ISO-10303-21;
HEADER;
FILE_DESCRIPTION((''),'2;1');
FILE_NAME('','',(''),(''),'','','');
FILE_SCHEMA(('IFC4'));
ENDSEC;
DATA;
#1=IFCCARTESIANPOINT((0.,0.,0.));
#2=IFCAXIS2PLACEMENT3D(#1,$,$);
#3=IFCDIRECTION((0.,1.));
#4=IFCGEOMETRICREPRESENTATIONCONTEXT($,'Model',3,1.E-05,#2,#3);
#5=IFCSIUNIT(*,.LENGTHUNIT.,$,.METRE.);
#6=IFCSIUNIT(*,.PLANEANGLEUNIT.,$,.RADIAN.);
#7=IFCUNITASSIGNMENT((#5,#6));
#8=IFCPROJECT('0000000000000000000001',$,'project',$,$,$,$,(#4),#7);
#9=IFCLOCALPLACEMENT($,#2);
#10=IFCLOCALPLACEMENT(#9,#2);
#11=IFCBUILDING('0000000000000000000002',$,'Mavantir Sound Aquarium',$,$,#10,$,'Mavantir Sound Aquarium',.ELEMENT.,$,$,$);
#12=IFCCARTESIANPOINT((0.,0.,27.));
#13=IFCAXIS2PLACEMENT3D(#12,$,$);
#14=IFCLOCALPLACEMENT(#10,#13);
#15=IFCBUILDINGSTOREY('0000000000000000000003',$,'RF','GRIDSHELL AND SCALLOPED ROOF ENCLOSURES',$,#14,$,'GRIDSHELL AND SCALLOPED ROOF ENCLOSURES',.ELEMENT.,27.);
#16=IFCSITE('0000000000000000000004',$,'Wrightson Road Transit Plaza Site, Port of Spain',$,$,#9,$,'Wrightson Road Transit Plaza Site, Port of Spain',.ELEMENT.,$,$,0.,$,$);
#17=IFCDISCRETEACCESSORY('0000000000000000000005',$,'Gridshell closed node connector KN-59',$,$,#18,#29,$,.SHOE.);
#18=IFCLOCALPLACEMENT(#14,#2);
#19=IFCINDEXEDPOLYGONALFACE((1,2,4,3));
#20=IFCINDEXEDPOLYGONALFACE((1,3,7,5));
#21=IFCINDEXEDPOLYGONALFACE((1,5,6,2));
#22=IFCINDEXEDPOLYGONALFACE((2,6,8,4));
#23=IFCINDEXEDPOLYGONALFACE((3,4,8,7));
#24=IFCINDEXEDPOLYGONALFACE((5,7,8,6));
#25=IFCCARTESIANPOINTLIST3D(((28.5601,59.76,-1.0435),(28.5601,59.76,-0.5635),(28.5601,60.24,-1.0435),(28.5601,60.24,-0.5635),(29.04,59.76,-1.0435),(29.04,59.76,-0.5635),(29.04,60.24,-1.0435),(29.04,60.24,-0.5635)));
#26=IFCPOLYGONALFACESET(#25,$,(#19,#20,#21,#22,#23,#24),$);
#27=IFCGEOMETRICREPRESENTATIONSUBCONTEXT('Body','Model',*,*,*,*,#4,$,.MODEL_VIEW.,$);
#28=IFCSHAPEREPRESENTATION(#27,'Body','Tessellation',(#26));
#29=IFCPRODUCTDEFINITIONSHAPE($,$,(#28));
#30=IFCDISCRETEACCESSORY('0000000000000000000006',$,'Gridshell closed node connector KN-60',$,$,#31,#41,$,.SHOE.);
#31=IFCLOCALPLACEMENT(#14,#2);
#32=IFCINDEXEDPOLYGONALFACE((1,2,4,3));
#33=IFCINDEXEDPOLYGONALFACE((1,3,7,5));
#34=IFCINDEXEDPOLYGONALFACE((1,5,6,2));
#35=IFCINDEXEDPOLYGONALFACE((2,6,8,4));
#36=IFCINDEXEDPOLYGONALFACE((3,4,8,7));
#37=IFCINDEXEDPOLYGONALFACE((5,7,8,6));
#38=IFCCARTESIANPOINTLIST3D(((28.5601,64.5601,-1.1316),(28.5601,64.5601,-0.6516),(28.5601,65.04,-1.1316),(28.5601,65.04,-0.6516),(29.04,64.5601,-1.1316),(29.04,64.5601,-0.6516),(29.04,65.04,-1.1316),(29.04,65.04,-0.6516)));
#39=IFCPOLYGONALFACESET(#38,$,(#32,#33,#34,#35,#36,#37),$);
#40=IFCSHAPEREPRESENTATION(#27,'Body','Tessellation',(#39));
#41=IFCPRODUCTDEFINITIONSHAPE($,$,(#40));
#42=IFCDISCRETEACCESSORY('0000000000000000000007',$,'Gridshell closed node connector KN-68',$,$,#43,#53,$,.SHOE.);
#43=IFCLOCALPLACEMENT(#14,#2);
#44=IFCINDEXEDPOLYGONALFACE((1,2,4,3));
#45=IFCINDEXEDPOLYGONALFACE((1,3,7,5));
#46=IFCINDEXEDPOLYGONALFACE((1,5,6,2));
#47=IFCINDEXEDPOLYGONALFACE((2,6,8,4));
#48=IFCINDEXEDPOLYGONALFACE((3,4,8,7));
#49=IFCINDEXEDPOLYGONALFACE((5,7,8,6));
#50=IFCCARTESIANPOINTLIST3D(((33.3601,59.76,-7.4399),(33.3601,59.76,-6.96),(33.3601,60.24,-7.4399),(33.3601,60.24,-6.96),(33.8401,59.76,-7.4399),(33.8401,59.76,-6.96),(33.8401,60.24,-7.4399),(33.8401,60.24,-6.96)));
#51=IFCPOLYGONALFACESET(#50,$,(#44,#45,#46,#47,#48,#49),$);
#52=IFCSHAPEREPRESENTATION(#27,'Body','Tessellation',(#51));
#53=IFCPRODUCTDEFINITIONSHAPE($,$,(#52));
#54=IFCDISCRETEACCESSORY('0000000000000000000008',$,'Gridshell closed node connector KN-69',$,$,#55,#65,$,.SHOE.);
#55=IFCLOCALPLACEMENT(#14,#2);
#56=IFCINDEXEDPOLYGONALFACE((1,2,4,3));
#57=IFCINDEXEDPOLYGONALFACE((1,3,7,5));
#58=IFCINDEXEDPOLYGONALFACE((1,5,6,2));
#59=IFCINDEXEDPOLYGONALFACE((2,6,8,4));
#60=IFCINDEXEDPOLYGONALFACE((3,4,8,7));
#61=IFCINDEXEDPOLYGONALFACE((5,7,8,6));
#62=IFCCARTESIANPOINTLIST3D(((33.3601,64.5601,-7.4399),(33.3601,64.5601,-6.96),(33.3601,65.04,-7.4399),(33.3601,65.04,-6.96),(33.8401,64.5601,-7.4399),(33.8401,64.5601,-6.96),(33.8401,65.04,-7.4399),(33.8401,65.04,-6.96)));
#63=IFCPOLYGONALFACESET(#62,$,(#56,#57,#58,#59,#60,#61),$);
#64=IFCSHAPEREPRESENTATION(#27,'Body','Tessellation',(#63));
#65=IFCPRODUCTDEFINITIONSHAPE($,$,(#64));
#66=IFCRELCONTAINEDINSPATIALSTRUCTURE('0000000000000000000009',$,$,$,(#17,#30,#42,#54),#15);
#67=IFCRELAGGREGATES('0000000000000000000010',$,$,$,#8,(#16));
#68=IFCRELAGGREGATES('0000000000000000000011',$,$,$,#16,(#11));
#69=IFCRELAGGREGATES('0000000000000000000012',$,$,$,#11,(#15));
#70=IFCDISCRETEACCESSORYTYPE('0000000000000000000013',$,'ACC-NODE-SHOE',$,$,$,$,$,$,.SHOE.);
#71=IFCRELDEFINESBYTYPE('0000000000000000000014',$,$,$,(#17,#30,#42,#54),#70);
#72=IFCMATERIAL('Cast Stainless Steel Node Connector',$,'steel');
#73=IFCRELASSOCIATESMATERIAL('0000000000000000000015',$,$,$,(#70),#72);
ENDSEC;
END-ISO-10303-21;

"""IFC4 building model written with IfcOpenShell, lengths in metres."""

from ifc_helpers import new_model, si_unit, direction, frame, origin, origin_2d, place, context, subcontext, project, spatial, rectangle, extrude, material, type_object, element, save


model = new_model("IFC4")

# Units and contexts
model_context = context("Model", 3, precision=1e-05, world=origin(), true_north=direction((0.0, 1.0)))
body_context = subcontext(model_context, "Body", "Model", "MODEL_VIEW")
ifc_project = project(units=[si_unit("LENGTHUNIT", "METRE"), si_unit("PLANEANGLEUNIT", "RADIAN")], contexts=[model_context])

# Site, building, storey
site_placement = place(None, origin())
site = spatial("IfcSite", under=ifc_project, at=site_placement, Name="Wrightson Road Transit Plaza Site, Port of Spain", LongName="Wrightson Road Transit Plaza Site, Port of Spain", CompositionType="ELEMENT", RefElevation=0.0)
building_placement = place(site_placement, origin())
building = spatial("IfcBuilding", under=site, at=building_placement, Name="Mavantir Sound Aquarium", LongName="Mavantir Sound Aquarium", CompositionType="ELEMENT")
storey_placement = place(building_placement, frame((0.0, 0.0, 27.0)))
storey = spatial("IfcBuildingStorey", under=building, at=storey_placement, Name="RF", Description="GRIDSHELL AND SCALLOPED ROOF ENCLOSURES", LongName="GRIDSHELL AND SCALLOPED ROOF ENCLOSURES", CompositionType="ELEMENT", Elevation=27.0)

# Discrete accessories
ifc_material_1 = material(Name="Cast Stainless Steel Node Connector", Category="steel")
discrete_accessory_type = type_object("IfcDiscreteAccessoryType", Name="ACC-NODE-SHOE", PredefinedType="SHOE", material=ifc_material_1)
for number, where, z_axis, x_axis, name in (
    (1, (28.8, 60.0, -1.0435), (0.0, 0.0, 1.0), (1.0, 0.0, 0.0), "Gridshell closed node connector KN-59"),
    (2, (28.8, 64.8, -1.1316), (0.0, 0.0, 1.0), (1.0, 0.0, 0.0), "Gridshell closed node connector KN-60"),
    (3, (33.6001, 60.0, -7.4399), (0.0, 0.0, 1.0), (1.0, 0.0, 0.0), "Gridshell closed node connector KN-68"),
    (4, (33.6001, 64.8, -7.4399), (0.0, 0.0, 1.0), (1.0, 0.0, 0.0), "Gridshell closed node connector KN-69"),
):
    element("IfcDiscreteAccessory", number, at=place(storey_placement, frame(where, z_axis=z_axis, x_axis=x_axis)), inside=storey, type_object=discrete_accessory_type, Name=name, PredefinedType="SHOE", context=body_context, shape_type="SweptSolid", body=[
        extrude(rectangle(XDim=0.48, YDim=0.48, at=origin_2d()), origin(), (0.0, 0.0, 1.0), 0.48),
    ])

save(model, "model.ifc")
